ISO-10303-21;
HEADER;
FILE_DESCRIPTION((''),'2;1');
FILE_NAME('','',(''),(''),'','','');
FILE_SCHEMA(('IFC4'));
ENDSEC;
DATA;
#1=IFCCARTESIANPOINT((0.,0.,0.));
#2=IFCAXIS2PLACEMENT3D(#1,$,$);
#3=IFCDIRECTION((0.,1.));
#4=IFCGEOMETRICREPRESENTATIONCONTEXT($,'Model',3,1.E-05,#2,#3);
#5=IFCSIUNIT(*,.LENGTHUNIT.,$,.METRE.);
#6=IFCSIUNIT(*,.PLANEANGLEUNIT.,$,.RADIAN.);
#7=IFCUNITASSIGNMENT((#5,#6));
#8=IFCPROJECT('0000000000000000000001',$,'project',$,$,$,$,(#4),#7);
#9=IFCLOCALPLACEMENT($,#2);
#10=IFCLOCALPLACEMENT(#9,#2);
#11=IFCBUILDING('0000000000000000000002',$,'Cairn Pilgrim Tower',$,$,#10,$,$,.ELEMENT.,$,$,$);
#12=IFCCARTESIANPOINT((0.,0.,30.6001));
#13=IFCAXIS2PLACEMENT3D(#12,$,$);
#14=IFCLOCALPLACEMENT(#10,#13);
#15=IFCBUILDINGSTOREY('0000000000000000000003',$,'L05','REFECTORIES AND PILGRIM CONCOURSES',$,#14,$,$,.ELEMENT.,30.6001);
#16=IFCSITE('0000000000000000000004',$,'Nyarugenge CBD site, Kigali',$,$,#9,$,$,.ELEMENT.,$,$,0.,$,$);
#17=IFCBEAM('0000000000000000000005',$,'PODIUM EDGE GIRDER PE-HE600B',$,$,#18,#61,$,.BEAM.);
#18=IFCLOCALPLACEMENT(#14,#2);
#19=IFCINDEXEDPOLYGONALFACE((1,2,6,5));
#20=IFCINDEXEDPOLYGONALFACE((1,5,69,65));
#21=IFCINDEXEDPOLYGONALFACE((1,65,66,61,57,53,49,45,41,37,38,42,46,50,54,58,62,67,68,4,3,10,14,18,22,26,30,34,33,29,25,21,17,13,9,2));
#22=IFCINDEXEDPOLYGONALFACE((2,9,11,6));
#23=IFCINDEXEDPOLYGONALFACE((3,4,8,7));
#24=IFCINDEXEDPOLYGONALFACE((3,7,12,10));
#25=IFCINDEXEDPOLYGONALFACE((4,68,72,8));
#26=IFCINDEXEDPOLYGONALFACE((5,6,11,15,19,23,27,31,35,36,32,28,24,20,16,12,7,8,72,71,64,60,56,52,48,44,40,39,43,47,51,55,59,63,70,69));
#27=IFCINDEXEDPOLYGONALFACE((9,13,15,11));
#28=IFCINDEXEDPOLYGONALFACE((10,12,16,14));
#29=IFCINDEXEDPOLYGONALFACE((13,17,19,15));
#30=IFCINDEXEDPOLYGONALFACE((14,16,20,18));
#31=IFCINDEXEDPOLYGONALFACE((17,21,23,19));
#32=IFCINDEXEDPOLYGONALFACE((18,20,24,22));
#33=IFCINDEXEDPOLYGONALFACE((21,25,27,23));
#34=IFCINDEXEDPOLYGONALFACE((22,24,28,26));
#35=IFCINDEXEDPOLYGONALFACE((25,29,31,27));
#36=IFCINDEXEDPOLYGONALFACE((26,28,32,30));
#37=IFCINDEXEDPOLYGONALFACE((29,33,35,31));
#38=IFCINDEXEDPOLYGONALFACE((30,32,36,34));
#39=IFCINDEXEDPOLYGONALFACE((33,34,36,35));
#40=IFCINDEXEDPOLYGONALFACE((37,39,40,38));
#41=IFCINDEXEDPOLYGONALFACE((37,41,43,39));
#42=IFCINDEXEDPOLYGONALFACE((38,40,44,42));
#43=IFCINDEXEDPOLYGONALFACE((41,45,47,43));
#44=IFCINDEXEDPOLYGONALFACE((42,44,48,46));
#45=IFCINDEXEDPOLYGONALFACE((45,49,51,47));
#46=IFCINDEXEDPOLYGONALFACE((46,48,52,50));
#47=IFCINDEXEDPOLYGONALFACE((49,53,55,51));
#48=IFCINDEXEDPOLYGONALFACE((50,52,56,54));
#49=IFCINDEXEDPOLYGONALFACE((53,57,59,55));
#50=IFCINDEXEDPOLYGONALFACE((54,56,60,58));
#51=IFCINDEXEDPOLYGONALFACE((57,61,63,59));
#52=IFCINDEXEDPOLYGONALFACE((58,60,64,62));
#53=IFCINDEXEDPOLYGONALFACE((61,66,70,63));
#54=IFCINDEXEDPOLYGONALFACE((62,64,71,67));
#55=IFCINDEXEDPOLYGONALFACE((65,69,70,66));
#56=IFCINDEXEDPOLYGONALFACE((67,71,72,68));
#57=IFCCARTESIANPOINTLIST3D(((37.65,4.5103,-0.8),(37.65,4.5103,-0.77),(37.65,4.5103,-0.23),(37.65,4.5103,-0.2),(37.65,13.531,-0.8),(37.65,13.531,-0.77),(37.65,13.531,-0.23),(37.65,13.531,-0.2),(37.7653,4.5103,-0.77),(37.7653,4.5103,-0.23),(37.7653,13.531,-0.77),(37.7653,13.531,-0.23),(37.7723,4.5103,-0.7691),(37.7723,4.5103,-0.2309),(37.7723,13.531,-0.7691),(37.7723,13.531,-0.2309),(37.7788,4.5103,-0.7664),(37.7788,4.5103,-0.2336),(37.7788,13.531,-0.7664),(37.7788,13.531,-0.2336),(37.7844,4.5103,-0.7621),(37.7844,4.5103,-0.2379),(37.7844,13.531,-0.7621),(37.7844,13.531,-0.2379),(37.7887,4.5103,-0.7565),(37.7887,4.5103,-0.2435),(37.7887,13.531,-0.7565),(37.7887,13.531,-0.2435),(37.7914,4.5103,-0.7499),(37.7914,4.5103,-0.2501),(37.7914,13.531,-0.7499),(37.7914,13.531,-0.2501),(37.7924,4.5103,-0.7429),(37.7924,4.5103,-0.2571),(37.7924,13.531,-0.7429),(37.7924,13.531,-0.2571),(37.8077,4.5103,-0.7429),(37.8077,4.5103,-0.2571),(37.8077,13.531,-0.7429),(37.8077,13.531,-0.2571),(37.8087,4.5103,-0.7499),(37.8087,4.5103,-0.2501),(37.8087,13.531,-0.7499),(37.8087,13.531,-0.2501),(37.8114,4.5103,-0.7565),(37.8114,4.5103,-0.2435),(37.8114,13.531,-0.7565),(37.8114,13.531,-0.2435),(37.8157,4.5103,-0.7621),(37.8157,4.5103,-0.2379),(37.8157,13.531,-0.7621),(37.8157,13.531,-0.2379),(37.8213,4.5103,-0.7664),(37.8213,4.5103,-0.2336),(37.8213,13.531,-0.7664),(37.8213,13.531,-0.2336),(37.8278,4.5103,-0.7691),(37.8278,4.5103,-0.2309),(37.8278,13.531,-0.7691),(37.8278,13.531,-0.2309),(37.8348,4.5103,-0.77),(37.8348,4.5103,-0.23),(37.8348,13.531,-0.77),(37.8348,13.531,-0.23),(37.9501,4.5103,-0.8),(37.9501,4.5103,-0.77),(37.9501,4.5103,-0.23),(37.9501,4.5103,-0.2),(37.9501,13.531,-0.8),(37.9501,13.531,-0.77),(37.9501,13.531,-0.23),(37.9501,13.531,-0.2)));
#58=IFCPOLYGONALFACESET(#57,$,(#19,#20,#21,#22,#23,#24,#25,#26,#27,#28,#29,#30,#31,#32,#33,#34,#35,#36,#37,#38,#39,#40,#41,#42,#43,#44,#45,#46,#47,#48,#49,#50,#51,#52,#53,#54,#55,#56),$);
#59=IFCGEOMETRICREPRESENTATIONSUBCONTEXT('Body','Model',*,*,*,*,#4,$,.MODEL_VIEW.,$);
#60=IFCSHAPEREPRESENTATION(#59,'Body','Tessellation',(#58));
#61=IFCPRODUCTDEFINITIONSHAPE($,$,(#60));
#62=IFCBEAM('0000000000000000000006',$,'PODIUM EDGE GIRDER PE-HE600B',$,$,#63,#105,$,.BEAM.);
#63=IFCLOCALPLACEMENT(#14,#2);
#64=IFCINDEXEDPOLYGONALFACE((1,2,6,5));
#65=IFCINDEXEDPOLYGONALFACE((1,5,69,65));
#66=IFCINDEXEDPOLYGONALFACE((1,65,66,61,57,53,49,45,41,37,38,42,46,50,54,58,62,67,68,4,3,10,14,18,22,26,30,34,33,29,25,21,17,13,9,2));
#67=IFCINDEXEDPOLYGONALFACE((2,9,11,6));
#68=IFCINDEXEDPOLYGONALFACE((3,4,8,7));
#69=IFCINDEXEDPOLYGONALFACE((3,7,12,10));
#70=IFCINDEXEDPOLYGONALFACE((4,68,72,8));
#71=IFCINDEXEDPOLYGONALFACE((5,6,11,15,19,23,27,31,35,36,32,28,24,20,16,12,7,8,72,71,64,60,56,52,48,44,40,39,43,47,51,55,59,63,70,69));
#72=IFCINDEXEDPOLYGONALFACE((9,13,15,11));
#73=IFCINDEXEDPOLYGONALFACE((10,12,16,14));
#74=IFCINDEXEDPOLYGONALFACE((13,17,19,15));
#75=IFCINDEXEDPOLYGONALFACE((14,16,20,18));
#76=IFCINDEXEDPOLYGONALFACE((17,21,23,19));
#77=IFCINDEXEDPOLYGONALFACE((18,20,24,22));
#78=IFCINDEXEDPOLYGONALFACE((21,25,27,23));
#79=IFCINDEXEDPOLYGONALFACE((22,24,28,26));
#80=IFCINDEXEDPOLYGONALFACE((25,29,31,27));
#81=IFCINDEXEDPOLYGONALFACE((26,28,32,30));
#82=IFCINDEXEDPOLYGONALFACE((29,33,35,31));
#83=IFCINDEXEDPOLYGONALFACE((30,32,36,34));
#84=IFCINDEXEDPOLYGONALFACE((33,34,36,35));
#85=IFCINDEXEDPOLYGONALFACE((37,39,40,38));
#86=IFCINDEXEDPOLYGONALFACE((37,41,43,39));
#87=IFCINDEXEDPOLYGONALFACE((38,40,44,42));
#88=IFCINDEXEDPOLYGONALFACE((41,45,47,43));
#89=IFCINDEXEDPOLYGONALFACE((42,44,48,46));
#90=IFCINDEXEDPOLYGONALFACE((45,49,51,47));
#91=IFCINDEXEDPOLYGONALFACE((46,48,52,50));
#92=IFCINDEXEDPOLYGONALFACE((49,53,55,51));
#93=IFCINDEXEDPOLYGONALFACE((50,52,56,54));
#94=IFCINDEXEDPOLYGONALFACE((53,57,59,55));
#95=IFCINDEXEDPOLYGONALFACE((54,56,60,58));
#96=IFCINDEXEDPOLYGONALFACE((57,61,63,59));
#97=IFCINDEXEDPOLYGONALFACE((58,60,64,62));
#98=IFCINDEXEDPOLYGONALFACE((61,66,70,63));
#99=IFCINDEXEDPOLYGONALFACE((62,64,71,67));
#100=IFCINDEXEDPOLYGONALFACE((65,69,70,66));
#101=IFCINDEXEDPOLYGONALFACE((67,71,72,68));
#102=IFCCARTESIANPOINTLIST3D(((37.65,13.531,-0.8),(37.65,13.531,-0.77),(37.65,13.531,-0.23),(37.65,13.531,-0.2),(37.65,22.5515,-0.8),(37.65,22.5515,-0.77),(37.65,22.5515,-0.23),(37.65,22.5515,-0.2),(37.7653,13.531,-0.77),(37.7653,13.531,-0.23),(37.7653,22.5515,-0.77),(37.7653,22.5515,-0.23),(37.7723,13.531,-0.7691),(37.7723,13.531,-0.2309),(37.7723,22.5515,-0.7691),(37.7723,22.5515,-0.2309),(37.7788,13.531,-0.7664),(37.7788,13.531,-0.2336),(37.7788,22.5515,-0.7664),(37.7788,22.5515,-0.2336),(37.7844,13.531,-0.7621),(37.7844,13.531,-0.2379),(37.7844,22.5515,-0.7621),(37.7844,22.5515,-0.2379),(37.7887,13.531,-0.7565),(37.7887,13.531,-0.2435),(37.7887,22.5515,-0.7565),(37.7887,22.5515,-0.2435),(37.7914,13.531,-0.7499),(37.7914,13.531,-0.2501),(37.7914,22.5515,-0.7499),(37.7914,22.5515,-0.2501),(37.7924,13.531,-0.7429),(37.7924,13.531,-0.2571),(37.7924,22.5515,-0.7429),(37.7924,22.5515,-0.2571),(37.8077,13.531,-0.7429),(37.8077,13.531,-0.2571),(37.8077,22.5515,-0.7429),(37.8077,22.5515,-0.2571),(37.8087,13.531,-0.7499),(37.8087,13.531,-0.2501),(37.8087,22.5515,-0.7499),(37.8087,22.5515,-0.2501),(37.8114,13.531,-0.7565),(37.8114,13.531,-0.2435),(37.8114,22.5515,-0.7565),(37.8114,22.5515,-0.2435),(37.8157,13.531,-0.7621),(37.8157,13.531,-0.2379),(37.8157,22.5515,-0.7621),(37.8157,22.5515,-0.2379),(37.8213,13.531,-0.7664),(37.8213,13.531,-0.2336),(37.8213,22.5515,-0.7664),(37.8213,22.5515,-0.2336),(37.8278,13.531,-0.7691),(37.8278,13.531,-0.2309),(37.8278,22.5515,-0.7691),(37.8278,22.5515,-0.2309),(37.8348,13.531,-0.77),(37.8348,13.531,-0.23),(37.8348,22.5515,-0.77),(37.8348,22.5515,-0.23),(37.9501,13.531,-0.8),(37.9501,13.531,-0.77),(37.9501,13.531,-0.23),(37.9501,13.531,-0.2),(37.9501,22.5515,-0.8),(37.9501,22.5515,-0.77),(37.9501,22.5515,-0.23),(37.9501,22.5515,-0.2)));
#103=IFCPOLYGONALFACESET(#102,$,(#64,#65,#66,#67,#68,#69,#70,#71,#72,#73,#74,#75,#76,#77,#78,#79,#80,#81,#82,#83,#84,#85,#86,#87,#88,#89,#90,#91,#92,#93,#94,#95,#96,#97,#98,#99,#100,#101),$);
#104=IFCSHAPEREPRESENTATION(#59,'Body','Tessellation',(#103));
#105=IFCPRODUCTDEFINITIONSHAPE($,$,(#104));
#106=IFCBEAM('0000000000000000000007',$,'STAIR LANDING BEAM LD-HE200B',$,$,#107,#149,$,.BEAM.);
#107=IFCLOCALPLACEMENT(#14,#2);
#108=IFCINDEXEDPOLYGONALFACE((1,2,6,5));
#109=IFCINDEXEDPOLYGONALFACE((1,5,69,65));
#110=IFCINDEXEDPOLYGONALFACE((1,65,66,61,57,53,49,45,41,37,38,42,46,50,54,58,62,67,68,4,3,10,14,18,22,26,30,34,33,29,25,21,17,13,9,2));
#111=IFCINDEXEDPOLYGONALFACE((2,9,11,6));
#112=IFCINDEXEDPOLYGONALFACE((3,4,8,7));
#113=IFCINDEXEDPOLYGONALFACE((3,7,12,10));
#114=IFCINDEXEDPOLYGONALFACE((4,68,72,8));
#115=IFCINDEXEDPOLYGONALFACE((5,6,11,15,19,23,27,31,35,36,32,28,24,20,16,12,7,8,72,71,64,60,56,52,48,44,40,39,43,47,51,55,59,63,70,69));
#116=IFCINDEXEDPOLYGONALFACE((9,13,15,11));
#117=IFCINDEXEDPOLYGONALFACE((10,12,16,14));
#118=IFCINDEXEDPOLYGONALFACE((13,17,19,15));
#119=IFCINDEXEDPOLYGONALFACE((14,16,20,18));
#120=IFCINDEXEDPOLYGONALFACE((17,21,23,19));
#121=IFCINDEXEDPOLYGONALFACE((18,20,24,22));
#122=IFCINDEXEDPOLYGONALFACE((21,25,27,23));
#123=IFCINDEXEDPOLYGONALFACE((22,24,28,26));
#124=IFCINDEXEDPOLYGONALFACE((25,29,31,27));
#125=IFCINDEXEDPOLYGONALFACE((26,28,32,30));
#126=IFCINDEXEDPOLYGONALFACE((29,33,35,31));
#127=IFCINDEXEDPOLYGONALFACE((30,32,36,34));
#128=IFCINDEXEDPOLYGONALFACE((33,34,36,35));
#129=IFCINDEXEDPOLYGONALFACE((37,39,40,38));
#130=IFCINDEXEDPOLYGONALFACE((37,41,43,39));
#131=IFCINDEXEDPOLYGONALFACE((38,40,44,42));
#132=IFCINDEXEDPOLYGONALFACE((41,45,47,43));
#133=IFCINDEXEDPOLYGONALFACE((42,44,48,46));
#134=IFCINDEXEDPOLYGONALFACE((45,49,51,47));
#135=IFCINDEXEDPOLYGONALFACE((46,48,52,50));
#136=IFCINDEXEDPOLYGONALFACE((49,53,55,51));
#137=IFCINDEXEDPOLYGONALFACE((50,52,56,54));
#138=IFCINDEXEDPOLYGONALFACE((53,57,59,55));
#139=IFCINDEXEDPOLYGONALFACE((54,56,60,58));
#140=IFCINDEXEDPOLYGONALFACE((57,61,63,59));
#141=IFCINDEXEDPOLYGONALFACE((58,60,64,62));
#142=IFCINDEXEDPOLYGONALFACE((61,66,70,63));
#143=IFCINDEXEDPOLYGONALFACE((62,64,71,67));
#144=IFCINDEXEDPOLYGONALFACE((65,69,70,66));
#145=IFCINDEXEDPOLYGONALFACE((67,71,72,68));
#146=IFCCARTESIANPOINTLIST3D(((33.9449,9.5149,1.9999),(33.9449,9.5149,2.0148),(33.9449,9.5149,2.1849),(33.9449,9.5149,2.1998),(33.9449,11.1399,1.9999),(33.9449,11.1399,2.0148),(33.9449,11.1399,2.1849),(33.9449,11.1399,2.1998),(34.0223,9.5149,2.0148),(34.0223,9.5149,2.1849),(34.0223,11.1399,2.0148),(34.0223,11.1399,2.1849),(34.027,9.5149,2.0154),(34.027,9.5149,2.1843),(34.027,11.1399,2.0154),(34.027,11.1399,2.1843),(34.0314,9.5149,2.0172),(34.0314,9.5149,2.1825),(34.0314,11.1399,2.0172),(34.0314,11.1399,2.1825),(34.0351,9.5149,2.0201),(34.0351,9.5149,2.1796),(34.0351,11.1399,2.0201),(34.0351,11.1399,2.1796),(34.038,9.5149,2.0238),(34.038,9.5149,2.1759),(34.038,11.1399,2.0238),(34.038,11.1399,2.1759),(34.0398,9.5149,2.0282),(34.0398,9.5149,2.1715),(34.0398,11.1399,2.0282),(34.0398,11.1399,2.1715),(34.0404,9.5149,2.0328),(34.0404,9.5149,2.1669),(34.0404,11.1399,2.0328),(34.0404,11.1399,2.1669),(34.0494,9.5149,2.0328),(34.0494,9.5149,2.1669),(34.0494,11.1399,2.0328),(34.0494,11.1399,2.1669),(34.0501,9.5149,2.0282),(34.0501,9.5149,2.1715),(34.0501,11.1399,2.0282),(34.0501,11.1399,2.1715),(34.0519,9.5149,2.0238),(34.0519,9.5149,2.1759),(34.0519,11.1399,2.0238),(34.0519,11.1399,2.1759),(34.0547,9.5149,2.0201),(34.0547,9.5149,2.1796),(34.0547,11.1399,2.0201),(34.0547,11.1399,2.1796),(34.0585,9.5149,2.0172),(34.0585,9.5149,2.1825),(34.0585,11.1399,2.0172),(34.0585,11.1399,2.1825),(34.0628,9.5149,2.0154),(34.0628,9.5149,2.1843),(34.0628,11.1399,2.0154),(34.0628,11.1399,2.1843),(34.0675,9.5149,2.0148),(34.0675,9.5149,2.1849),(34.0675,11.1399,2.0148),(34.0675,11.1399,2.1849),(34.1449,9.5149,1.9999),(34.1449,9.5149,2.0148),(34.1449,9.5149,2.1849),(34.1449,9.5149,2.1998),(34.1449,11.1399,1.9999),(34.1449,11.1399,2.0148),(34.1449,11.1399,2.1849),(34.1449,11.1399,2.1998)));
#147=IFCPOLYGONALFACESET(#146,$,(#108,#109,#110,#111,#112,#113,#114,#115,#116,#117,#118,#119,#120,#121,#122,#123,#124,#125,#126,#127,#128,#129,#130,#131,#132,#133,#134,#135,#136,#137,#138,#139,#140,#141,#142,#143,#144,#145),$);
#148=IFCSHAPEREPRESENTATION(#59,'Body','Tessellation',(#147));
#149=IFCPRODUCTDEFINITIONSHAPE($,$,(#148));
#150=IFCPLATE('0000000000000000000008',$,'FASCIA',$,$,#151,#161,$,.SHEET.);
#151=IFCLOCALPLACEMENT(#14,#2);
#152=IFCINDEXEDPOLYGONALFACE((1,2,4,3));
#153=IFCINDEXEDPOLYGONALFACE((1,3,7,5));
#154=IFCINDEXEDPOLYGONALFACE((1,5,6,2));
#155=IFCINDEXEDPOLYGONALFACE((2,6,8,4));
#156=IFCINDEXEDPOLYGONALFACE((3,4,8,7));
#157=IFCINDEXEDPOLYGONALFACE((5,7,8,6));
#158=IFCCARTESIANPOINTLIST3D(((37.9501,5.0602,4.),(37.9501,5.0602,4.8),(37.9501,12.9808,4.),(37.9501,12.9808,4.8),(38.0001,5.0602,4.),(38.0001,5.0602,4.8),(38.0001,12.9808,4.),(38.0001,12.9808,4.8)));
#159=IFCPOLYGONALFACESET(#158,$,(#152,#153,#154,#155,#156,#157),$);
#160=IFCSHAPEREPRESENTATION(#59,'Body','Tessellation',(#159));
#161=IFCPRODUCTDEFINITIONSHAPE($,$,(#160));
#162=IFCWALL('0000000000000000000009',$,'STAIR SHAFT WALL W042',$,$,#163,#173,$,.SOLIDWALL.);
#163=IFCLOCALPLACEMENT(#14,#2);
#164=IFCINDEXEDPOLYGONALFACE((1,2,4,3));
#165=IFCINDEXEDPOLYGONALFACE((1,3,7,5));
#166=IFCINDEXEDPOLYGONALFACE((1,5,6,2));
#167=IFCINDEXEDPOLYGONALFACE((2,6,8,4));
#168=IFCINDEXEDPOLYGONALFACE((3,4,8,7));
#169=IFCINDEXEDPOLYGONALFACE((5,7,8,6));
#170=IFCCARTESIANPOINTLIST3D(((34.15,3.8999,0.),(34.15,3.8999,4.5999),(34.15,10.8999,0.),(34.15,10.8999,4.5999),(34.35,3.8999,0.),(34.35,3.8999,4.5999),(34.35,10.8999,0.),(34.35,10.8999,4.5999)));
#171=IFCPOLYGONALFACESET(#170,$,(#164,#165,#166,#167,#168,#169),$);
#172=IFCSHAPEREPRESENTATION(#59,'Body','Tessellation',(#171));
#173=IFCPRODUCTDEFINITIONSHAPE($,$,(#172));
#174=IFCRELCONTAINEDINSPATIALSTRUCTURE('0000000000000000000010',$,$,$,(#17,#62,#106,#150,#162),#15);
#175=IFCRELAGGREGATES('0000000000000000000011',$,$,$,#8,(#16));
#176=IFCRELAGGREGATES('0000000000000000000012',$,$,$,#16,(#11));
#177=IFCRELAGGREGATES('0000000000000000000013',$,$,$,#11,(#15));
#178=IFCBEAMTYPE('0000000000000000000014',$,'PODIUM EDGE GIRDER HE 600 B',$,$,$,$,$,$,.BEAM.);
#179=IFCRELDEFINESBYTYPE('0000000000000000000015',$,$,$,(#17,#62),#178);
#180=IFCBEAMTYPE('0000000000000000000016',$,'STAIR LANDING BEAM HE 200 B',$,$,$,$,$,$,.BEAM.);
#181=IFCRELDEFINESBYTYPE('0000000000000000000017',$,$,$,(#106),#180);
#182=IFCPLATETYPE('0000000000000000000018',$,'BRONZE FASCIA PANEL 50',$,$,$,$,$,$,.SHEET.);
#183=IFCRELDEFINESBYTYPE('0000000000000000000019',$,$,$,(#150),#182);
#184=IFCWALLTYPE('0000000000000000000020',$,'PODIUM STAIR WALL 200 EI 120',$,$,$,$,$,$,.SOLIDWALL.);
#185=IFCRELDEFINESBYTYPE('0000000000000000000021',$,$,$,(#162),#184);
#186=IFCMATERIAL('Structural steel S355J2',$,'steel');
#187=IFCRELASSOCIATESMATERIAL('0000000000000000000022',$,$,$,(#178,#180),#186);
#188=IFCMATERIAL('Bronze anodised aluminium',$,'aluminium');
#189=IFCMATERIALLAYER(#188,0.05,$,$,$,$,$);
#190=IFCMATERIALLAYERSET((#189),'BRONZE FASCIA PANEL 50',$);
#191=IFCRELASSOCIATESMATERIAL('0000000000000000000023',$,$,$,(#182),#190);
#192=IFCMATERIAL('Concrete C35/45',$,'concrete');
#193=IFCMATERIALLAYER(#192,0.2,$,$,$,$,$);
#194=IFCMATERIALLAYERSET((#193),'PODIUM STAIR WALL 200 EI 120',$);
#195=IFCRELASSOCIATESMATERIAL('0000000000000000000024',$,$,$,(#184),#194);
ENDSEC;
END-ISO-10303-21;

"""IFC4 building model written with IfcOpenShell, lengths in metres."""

from ifc_helpers import new_model, si_unit, direction, frame, frame_2d, origin, origin_2d, place, context, subcontext, project, spatial, rectangle, i_section, extrude, material, layer, layer_set, material_profile, profile_set, type_object, element, save


model = new_model("IFC4")

# Units and contexts
model_context = context("Model", 3, precision=1e-05, world=origin(), true_north=direction((0.0, 1.0)))
body_context = subcontext(model_context, "Body", "Model", "MODEL_VIEW")
ifc_project = project(units=[si_unit("LENGTHUNIT", "METRE"), si_unit("PLANEANGLEUNIT", "RADIAN")], contexts=[model_context])

# Site, building, storey
site_placement = place(None, origin())
site = spatial("IfcSite", under=ifc_project, at=site_placement, Name="Nyarugenge CBD site, Kigali", CompositionType="ELEMENT", RefElevation=0.0)
building_placement = place(site_placement, origin())
building = spatial("IfcBuilding", under=site, at=building_placement, Name="Cairn Pilgrim Tower", CompositionType="ELEMENT")
storey_placement = place(building_placement, frame((0.0, 0.0, 30.6001)))
storey = spatial("IfcBuildingStorey", under=building, at=storey_placement, Name="L05", Description="REFECTORIES AND PILGRIM CONCOURSES", CompositionType="ELEMENT", Elevation=30.6001)

# Shared definitions
ifc_material_1 = material(Name="Structural steel S355J2", Category="steel")

# Beams
ifc_material_profile_1 = material_profile(ifc_material_1, i_section(OverallWidth=0.3, OverallDepth=0.6001, WebThickness=0.0154, FlangeThickness=0.03, FilletRadius=0.0271, at=origin_2d()), Name="HEB 600")
ifc_profile_set_1 = profile_set([ifc_material_profile_1], Name="Structural steel S355J2")
beam_type_1 = type_object("IfcBeamType", Name="PODIUM EDGE GIRDER HE 600 B", PredefinedType="BEAM", material=ifc_profile_set_1)
beam_1_placement = place(storey_placement, frame((37.8, 4.5103, -0.5), z_axis=(0.0, 1.0, 0.0), x_axis=(-1.0, 0.0, 0.0)))
element("IfcBeam", 1, at=beam_1_placement, inside=storey, type_object=beam_type_1, Name="PODIUM EDGE GIRDER PE-HE600B", PredefinedType="BEAM", context=body_context, shape_type="SweptSolid", body=[
    extrude(i_section(OverallWidth=0.3, OverallDepth=0.6001, WebThickness=0.0154, FlangeThickness=0.03, FilletRadius=0.0271, at=origin_2d()), origin(), (0.0, 0.0, 1.0), 9.0208),
])
beam_2_placement = place(storey_placement, frame((37.8, 13.531, -0.5), z_axis=(0.0, 1.0, 0.0), x_axis=(-1.0, 0.0, 0.0)))
element("IfcBeam", 2, at=beam_2_placement, inside=storey, type_object=beam_type_1, Name="PODIUM EDGE GIRDER PE-HE600B", PredefinedType="BEAM", context=body_context, shape_type="SweptSolid", body=[
    extrude(i_section(OverallWidth=0.3, OverallDepth=0.6001, WebThickness=0.0154, FlangeThickness=0.03, FilletRadius=0.0271, at=origin_2d()), origin(), (0.0, 0.0, 1.0), 9.0205),
])
ifc_material_profile_2 = material_profile(ifc_material_1, i_section(OverallWidth=0.2, OverallDepth=0.2, WebThickness=0.009, FlangeThickness=0.0149, FilletRadius=0.0181, at=origin_2d()), Name="HE 200 B")
ifc_profile_set_2 = profile_set([ifc_material_profile_2], Name="Structural steel S355J2")
beam_type_2 = type_object("IfcBeamType", Name="STAIR LANDING BEAM HE 200 B", PredefinedType="BEAM", material=ifc_profile_set_2)
beam_3_placement = place(storey_placement, frame((34.0449, 11.1399, 2.0999), z_axis=(0.0, -1.0, 0.0), x_axis=(1.0, 0.0, 0.0)))
element("IfcBeam", 3, at=beam_3_placement, inside=storey, type_object=beam_type_2, Name="STAIR LANDING BEAM LD-HE200B", PredefinedType="BEAM", context=body_context, shape_type="SweptSolid", body=[
    extrude(i_section(OverallWidth=0.2, OverallDepth=0.2, WebThickness=0.009, FlangeThickness=0.0149, FilletRadius=0.0181, at=origin_2d()), origin(), (0.0, 0.0, 1.0), 1.625),
])

# Plate
ifc_material_2 = material(Name="Bronze anodised aluminium", Category="aluminium")
ifc_layer_1 = layer(ifc_material_2, 0.05)
ifc_layer_set_1 = layer_set([ifc_layer_1], Name="BRONZE FASCIA PANEL 50")
plate_type = type_object("IfcPlateType", Name="BRONZE FASCIA PANEL 50", PredefinedType="SHEET", material=ifc_layer_set_1)
plate_placement = place(storey_placement, frame((37.9751, 9.0205, 4.0), z_axis=(0.0, 0.0, 1.0), x_axis=(0.0, 1.0, 0.0)))
element("IfcPlate", 4, at=plate_placement, inside=storey, type_object=plate_type, Name="FASCIA", PredefinedType="SHEET", context=body_context, shape_type="SweptSolid", body=[
    extrude(rectangle(XDim=7.9207, YDim=0.05, at=origin_2d()), origin(), (0.0, 0.0, 1.0), 0.8),
])

# Wall
ifc_material_3 = material(Name="Concrete C35/45", Category="concrete")
ifc_layer_2 = layer(ifc_material_3, 0.2)
ifc_layer_set_2 = layer_set([ifc_layer_2], Name="PODIUM STAIR WALL 200 EI 120")
wall_type_1 = type_object("IfcWallType", Name="PODIUM STAIR WALL 200 EI 120", PredefinedType="SOLIDWALL", material=ifc_layer_set_2)
wall_1_placement = place(storey_placement, frame((34.25, 3.8999, 0.0), z_axis=(0.0, 0.0, 1.0), x_axis=(0.0, 1.0, 0.0)))
element("IfcWall", 5, at=wall_1_placement, inside=storey, type_object=wall_type_1, Name="STAIR SHAFT WALL W042", PredefinedType="SOLIDWALL", context=body_context, shape_type="SweptSolid", body=[
    extrude(rectangle(XDim=7.0, YDim=0.2, at=frame_2d((3.5, 0.0))), origin(), (0.0, 0.0, 1.0), 4.5999),
])

save(model, "model.ifc")
